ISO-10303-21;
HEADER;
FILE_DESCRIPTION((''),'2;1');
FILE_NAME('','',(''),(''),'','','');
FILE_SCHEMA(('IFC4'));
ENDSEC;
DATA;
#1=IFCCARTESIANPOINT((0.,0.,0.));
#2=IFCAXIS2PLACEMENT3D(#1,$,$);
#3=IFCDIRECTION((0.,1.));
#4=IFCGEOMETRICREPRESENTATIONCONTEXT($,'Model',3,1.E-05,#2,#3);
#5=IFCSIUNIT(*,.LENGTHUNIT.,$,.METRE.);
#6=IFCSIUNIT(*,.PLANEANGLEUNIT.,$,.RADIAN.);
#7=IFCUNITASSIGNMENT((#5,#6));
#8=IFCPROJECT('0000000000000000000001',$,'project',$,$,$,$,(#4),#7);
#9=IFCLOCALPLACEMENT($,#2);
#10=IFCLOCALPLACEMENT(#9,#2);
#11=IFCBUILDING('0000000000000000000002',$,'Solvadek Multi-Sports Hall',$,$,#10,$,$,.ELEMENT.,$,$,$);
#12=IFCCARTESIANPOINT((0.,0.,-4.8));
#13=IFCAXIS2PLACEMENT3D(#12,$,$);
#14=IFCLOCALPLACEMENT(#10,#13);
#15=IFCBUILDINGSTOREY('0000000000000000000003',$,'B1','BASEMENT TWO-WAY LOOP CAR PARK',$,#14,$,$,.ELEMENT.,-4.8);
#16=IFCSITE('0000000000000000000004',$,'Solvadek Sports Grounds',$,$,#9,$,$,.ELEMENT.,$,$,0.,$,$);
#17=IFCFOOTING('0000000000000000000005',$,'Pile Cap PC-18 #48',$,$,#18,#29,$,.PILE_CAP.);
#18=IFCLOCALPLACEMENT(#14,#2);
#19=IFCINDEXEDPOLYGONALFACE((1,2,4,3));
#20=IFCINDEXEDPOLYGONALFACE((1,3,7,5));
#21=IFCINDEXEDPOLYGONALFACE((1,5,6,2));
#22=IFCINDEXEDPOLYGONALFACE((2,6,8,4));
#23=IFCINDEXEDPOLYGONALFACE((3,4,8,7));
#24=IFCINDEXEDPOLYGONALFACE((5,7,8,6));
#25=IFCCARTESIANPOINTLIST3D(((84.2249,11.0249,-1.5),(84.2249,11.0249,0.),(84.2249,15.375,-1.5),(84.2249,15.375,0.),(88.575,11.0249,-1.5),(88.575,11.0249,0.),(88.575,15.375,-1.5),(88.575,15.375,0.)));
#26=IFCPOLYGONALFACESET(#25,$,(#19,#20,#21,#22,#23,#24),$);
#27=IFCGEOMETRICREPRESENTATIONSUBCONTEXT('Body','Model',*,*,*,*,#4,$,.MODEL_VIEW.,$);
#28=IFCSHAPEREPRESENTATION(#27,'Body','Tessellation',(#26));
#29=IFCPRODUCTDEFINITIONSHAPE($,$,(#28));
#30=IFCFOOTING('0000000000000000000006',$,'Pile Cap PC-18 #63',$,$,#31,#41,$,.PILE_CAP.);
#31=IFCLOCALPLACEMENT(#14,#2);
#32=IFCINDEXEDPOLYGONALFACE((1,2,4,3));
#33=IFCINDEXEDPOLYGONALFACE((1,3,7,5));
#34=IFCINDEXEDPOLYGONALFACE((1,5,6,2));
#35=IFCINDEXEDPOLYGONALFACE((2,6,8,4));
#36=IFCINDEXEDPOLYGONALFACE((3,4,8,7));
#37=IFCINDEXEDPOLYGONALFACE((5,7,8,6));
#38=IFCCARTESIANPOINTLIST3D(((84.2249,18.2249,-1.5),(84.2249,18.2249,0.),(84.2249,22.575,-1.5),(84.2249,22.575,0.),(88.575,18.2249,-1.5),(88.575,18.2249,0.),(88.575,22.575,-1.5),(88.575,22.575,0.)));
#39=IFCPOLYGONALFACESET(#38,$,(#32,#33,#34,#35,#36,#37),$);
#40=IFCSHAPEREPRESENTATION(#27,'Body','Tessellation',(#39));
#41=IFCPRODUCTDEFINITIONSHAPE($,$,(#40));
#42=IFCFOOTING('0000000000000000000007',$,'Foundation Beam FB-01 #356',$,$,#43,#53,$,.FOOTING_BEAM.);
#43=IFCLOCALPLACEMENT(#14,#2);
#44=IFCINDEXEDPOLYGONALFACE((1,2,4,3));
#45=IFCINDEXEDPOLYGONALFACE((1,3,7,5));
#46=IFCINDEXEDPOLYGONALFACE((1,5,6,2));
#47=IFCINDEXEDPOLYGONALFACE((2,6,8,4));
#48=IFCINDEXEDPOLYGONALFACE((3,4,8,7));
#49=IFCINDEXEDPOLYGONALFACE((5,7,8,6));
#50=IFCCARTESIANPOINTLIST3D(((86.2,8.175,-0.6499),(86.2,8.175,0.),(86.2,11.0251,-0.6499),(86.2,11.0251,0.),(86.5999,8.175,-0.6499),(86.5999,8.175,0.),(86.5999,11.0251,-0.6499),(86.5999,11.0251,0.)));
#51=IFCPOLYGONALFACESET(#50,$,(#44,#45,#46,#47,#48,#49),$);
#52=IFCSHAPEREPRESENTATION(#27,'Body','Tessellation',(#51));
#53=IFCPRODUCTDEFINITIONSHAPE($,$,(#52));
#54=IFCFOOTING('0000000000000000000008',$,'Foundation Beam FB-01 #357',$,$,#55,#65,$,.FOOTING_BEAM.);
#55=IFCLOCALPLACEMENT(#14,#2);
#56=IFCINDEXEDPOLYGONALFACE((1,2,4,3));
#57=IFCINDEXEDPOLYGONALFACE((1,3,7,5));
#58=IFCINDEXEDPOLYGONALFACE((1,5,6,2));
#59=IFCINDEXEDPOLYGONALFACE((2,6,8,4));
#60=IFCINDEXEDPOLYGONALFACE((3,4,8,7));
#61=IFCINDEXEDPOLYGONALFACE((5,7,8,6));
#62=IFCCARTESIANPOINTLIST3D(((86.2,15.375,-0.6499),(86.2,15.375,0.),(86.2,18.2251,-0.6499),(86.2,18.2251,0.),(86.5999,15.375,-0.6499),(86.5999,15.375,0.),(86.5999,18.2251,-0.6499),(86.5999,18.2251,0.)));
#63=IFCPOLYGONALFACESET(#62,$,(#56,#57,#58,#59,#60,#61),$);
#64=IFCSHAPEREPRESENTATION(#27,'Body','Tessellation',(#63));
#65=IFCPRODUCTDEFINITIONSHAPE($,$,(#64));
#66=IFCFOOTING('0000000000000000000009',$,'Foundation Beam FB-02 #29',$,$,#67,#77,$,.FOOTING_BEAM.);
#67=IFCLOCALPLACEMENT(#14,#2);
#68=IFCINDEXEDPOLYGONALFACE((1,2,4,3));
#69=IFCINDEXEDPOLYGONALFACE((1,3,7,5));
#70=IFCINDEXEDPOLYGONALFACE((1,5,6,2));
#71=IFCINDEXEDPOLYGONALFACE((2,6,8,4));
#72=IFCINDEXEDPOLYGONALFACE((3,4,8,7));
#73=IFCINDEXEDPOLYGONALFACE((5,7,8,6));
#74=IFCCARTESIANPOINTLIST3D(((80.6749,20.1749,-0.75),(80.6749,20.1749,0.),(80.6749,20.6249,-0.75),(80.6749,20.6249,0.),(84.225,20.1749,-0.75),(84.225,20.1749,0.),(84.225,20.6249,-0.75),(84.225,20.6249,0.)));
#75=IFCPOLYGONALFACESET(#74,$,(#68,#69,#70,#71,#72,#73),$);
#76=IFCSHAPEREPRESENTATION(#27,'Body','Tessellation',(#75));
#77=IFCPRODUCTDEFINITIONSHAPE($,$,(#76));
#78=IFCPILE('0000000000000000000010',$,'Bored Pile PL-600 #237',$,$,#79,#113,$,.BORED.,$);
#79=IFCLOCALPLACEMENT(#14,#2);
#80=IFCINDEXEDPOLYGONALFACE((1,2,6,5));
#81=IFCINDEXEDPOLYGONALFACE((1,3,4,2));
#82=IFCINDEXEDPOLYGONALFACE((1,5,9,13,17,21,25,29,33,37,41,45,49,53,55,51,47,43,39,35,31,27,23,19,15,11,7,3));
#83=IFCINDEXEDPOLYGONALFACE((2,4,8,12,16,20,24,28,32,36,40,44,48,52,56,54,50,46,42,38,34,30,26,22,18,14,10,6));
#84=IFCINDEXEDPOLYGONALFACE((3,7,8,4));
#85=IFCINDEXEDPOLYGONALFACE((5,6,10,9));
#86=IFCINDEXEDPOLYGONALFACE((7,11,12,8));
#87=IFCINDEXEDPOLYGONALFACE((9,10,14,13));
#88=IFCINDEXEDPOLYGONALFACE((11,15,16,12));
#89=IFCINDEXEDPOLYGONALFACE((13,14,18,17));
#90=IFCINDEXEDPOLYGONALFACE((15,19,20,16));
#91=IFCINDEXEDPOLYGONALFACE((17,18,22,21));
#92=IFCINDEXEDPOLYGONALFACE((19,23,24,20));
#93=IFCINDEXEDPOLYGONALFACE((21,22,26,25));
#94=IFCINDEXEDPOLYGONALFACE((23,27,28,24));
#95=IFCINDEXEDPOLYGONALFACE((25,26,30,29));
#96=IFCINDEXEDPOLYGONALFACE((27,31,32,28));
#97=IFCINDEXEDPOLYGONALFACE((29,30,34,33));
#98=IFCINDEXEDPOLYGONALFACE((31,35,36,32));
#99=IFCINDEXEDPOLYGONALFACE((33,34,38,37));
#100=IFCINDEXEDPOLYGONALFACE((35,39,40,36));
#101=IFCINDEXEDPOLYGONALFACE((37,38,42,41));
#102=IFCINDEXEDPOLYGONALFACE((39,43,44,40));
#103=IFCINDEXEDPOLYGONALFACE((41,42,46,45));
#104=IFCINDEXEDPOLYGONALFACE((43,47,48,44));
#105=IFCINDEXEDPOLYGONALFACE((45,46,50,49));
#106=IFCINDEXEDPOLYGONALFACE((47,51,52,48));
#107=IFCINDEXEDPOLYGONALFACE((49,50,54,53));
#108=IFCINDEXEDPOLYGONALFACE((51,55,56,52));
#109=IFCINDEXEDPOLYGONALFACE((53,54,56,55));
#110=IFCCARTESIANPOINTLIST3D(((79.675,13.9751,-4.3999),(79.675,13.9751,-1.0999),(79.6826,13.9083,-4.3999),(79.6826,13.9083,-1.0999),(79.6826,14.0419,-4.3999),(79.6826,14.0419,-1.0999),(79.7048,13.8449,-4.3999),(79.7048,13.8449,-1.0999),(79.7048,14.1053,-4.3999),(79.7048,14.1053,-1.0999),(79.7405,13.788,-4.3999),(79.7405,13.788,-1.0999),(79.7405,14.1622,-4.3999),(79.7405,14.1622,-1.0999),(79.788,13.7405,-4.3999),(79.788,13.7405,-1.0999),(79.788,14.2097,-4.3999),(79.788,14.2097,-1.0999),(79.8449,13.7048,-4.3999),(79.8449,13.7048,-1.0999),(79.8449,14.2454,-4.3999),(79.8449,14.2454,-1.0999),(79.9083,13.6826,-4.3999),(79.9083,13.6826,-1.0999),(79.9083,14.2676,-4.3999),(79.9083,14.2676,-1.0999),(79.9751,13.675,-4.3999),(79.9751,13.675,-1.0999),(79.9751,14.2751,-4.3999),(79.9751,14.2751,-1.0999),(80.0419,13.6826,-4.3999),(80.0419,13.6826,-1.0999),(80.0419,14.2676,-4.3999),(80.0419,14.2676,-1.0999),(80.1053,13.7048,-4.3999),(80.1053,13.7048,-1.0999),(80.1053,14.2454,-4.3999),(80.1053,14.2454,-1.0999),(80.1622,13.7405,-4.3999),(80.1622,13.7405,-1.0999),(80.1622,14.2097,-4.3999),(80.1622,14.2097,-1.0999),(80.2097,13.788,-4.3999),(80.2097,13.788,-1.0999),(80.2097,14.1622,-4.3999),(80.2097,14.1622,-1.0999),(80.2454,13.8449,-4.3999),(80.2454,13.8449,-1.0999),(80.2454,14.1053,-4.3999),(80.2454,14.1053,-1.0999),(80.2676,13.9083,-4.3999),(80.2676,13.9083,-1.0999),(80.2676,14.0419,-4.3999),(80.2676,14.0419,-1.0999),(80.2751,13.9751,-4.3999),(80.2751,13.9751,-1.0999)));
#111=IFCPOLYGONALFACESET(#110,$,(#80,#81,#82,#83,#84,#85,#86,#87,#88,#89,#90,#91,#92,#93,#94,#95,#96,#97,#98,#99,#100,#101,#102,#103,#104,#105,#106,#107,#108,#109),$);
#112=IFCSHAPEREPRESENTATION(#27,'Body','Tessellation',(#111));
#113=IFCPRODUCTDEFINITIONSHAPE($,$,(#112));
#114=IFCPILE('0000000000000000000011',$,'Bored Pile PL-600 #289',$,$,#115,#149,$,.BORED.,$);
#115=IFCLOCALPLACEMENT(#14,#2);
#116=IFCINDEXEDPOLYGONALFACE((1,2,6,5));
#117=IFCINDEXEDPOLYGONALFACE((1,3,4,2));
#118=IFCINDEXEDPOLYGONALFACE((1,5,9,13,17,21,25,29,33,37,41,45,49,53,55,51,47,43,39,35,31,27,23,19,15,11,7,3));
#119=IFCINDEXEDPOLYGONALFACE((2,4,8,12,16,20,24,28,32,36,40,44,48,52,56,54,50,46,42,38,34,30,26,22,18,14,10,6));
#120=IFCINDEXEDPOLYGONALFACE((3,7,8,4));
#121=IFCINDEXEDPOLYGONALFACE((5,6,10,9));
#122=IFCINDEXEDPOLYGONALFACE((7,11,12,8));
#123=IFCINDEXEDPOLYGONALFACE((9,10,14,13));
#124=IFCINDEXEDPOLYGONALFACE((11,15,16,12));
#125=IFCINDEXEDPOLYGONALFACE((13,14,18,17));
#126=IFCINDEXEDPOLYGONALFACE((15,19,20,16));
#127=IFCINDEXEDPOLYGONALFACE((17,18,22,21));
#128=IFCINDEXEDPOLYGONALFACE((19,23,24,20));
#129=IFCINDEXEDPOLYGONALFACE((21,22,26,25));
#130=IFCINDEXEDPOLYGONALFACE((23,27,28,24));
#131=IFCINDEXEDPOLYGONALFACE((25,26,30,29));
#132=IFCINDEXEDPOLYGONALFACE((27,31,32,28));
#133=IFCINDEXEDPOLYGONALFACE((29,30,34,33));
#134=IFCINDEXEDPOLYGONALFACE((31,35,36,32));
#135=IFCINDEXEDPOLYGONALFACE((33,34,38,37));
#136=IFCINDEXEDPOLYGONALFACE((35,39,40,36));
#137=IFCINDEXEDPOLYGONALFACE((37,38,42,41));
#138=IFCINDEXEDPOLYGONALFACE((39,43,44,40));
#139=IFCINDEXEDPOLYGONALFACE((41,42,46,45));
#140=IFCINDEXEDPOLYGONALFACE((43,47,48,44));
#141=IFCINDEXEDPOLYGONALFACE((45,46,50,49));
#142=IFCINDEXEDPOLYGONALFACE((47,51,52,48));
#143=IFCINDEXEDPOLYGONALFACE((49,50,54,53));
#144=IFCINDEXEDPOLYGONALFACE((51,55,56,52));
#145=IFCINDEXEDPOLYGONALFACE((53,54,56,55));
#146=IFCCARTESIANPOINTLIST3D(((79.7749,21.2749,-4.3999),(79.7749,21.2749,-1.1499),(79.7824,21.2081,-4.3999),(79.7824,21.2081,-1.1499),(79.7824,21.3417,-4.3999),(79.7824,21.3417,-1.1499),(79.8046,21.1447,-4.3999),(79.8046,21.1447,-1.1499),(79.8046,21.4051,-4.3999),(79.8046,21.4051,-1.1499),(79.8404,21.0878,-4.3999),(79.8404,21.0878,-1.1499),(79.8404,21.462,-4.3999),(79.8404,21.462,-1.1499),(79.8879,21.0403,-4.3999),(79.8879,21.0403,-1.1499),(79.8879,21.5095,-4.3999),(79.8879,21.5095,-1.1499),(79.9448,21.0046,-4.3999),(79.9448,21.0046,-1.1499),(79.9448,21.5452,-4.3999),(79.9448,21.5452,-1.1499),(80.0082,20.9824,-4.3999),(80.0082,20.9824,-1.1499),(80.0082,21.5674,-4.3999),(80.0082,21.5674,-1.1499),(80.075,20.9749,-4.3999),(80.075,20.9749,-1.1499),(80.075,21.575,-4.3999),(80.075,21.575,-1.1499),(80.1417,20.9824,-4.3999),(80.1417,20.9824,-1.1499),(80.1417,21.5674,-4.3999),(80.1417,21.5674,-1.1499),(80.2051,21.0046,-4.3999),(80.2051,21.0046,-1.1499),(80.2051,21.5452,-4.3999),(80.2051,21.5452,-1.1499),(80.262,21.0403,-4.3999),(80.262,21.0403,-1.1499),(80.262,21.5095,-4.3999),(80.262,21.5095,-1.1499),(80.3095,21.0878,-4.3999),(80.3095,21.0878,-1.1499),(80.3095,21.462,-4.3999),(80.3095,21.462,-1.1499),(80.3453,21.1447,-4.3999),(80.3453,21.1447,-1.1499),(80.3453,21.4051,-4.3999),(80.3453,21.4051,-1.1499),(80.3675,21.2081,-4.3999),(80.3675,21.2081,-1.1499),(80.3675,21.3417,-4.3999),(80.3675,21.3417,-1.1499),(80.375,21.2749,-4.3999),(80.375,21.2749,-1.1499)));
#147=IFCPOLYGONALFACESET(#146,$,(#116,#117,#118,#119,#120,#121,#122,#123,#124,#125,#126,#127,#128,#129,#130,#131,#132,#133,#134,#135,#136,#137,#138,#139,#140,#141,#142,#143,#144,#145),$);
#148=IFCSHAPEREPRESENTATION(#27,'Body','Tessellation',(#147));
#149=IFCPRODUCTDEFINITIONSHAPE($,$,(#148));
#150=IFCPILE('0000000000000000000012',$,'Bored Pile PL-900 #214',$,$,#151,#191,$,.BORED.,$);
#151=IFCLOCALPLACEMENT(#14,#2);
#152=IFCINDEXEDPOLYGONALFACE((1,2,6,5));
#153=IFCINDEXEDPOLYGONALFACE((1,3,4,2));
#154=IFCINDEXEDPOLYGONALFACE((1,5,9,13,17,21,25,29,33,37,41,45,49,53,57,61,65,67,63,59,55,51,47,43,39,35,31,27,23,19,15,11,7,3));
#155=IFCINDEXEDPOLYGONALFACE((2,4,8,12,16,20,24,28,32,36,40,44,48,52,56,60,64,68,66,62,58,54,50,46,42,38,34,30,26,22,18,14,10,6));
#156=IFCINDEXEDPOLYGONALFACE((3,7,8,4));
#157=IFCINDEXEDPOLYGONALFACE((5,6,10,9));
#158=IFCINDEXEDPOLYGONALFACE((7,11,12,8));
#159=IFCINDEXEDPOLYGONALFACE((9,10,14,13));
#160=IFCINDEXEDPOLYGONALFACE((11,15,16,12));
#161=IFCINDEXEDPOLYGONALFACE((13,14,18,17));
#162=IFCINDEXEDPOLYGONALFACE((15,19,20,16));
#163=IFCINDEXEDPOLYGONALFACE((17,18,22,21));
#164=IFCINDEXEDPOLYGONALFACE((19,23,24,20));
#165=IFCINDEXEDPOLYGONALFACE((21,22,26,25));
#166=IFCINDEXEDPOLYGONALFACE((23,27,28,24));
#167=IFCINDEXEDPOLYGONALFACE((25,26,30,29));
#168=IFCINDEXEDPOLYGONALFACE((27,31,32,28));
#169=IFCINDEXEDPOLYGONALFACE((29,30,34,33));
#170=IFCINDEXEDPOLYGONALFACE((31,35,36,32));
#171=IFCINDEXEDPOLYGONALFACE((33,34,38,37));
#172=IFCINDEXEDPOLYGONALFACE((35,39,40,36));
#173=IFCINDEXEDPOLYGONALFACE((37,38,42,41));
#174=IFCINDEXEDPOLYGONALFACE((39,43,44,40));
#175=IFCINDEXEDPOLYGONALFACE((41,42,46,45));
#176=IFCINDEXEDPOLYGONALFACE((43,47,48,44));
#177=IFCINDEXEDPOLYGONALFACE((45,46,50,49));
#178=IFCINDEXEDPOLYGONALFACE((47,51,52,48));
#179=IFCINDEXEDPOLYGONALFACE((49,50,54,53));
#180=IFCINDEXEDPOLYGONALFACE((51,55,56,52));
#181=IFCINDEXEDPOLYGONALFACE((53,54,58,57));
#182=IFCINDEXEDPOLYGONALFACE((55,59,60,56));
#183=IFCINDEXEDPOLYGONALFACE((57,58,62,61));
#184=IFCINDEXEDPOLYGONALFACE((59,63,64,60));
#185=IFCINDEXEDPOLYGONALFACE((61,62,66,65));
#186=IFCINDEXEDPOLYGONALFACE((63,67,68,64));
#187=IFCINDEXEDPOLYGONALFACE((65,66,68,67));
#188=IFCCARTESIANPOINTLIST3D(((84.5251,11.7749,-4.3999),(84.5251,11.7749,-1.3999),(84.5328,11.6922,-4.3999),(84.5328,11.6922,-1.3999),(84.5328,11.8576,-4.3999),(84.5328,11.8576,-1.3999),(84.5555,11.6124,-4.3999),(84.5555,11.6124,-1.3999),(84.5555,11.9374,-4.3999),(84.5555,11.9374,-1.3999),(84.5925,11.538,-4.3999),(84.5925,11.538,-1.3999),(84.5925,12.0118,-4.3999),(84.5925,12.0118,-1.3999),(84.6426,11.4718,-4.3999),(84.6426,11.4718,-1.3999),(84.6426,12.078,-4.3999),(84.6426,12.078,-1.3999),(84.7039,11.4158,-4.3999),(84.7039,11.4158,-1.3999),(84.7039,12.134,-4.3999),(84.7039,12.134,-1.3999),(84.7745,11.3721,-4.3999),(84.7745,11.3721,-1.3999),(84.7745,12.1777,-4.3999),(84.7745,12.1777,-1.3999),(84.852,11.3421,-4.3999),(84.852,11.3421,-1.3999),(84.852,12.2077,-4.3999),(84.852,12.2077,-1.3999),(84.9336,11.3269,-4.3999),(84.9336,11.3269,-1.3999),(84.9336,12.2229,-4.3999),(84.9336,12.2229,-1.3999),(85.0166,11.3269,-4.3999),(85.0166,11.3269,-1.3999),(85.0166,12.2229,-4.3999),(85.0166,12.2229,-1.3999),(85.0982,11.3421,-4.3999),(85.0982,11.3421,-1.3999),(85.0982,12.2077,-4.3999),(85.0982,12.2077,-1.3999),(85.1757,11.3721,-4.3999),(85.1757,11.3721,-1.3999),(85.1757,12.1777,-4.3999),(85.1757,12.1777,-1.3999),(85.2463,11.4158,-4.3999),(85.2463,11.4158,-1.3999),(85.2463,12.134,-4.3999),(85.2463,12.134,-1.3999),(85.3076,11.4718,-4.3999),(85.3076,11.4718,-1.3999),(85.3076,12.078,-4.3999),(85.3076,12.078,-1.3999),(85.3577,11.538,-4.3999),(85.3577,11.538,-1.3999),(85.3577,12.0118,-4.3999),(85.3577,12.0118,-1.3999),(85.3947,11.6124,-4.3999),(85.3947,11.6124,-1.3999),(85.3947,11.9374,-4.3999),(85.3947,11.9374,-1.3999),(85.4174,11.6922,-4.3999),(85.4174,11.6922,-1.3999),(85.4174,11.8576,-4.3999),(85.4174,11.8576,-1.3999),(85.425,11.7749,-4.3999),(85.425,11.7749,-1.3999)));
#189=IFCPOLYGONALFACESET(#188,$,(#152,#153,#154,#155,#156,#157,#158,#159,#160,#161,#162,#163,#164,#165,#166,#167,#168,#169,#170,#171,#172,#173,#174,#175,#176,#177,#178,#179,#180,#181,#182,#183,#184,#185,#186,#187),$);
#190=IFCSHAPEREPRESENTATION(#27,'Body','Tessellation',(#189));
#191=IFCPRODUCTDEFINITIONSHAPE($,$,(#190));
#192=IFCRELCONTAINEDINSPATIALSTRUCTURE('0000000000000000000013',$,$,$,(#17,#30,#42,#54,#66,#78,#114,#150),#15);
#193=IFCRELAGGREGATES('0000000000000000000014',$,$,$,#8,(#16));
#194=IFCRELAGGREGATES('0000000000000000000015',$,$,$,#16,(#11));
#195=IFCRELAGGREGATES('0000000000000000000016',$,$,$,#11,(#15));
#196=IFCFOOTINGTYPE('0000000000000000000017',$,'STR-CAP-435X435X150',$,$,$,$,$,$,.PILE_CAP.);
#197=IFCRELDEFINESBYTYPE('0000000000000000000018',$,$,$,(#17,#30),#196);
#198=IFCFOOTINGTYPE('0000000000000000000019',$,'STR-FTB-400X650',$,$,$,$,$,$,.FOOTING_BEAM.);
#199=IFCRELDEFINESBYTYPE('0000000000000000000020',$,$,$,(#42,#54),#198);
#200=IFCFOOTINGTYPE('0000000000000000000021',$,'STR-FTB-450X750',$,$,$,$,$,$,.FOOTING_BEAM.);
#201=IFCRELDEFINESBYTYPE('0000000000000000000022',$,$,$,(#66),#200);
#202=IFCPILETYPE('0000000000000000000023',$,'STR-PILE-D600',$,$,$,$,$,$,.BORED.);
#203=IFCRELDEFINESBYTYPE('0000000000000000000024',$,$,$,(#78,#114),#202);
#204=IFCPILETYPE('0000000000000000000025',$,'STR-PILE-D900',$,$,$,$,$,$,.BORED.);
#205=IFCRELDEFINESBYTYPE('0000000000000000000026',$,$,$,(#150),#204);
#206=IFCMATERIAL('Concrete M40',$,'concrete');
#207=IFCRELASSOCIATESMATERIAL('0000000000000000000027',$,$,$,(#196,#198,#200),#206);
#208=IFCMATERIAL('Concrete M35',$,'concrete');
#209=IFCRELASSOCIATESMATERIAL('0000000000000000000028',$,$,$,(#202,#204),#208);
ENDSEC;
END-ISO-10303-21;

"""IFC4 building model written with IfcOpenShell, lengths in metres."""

from ifc_helpers import new_model, si_unit, direction, frame, origin, origin_2d, place, context, subcontext, project, spatial, rectangle, circle, extrude, material, material_profile, profile_set, type_object, element, save


model = new_model("IFC4")

# Units and contexts
model_context = context("Model", 3, precision=1e-05, world=origin(), true_north=direction((0.0, 1.0)))
body_context = subcontext(model_context, "Body", "Model", "MODEL_VIEW")
ifc_project = project(units=[si_unit("LENGTHUNIT", "METRE"), si_unit("PLANEANGLEUNIT", "RADIAN")], contexts=[model_context])

# Site, building, storey
site_placement = place(None, origin())
site = spatial("IfcSite", under=ifc_project, at=site_placement, Name="Solvadek Sports Grounds", CompositionType="ELEMENT", RefElevation=0.0)
building_placement = place(site_placement, origin())
building = spatial("IfcBuilding", under=site, at=building_placement, Name="Solvadek Multi-Sports Hall", CompositionType="ELEMENT")
storey_placement = place(building_placement, frame((0.0, 0.0, -4.8)))
storey = spatial("IfcBuildingStorey", under=building, at=storey_placement, Name="B1", Description="BASEMENT TWO-WAY LOOP CAR PARK", CompositionType="ELEMENT", Elevation=-4.8)

# Footings
ifc_material_1 = material(Name="Concrete M40", Category="concrete")
footing_type_1 = type_object("IfcFootingType", Name="STR-CAP-435X435X150", PredefinedType="PILE_CAP", material=ifc_material_1)
for number, where, z_axis, x_axis, name in (
    (1, (86.3999, 13.2, -1.5), (0.0, 0.0, 1.0), (1.0, 0.0, 0.0), "Pile Cap PC-18 #48"),
    (2, (86.3999, 20.3999, -1.5), (0.0, 0.0, 1.0), (1.0, 0.0, 0.0), "Pile Cap PC-18 #63"),
):
    element("IfcFooting", number, at=place(storey_placement, frame(where, z_axis=z_axis, x_axis=x_axis)), inside=storey, type_object=footing_type_1, Name=name, PredefinedType="PILE_CAP", context=body_context, shape_type="SweptSolid", body=[
        extrude(rectangle(XDim=4.3501, YDim=4.3501, at=origin_2d()), origin(), (0.0, 0.0, 1.0), 1.5),
    ])
footing_type_2 = type_object("IfcFootingType", Name="STR-FTB-400X650", PredefinedType="FOOTING_BEAM", material=ifc_material_1)
for number, where, z_axis, x_axis, name in (
    (3, (86.3999, 9.6001, -0.6499), (0.0, 0.0, 1.0), (0.0, 1.0, 0.0), "Foundation Beam FB-01 #356"),
    (4, (86.3999, 16.8, -0.6499), (0.0, 0.0, 1.0), (0.0, 1.0, 0.0), "Foundation Beam FB-01 #357"),
):
    element("IfcFooting", number, at=place(storey_placement, frame(where, z_axis=z_axis, x_axis=x_axis)), inside=storey, type_object=footing_type_2, Name=name, PredefinedType="FOOTING_BEAM", context=body_context, shape_type="SweptSolid", body=[
        extrude(rectangle(XDim=2.8501, YDim=0.3999, at=origin_2d()), origin(), (0.0, 0.0, 1.0), 0.6499),
    ])
footing_type_3 = type_object("IfcFootingType", Name="STR-FTB-450X750", PredefinedType="FOOTING_BEAM", material=ifc_material_1)
footing_1_placement = place(storey_placement, frame((82.45, 20.3999, -0.75), z_axis=(0.0, 0.0, 1.0), x_axis=(1.0, 0.0, 0.0)))
element("IfcFooting", 5, at=footing_1_placement, inside=storey, type_object=footing_type_3, Name="Foundation Beam FB-02 #29", PredefinedType="FOOTING_BEAM", context=body_context, shape_type="SweptSolid", body=[
    extrude(rectangle(XDim=3.55, YDim=0.45, at=origin_2d()), origin(), (0.0, 0.0, 1.0), 0.75),
])

# Piles
ifc_material_2 = material(Name="Concrete M35", Category="concrete")
ifc_material_profile_1 = material_profile(ifc_material_2, circle(Radius=0.3, at=origin_2d()), Name="BORED PILE D600")
ifc_profile_set_1 = profile_set([ifc_material_profile_1], Name="Concrete M35")
pile_type_1 = type_object("IfcPileType", Name="STR-PILE-D600", PredefinedType="BORED", material=ifc_profile_set_1)
pile_1_placement = place(storey_placement, frame((79.9751, 13.9751, -1.0999), z_axis=(0.0, 0.0, -1.0), x_axis=(1.0, 0.0, 0.0)))
element("IfcPile", 6, at=pile_1_placement, inside=storey, type_object=pile_type_1, Name="Bored Pile PL-600 #237", PredefinedType="BORED", context=body_context, shape_type="SweptSolid", body=[
    extrude(circle(Radius=0.3, at=origin_2d()), origin(), (0.0, 0.0, 1.0), 3.3),
])
pile_2_placement = place(storey_placement, frame((80.075, 21.2749, -1.1499), z_axis=(0.0, 0.0, -1.0), x_axis=(1.0, 0.0, 0.0)))
element("IfcPile", 7, at=pile_2_placement, inside=storey, type_object=pile_type_1, Name="Bored Pile PL-600 #289", PredefinedType="BORED", context=body_context, shape_type="SweptSolid", body=[
    extrude(circle(Radius=0.3, at=origin_2d()), origin(), (0.0, 0.0, 1.0), 3.25),
])
ifc_material_profile_2 = material_profile(ifc_material_2, circle(Radius=0.45, at=origin_2d()), Name="BORED PILE D900")
ifc_profile_set_2 = profile_set([ifc_material_profile_2], Name="Concrete M35")
pile_type_2 = type_object("IfcPileType", Name="STR-PILE-D900", PredefinedType="BORED", material=ifc_profile_set_2)
for number, where, z_axis, x_axis, name in (
    (8, (84.9751, 11.7749, -1.3999), (0.0, 0.0, -1.0), (1.0, 0.0, 0.0), "Bored Pile PL-900 #214"),
):
    element("IfcPile", number, at=place(storey_placement, frame(where, z_axis=z_axis, x_axis=x_axis)), inside=storey, type_object=pile_type_2, Name=name, PredefinedType="BORED", context=body_context, shape_type="SweptSolid", body=[
        extrude(circle(Radius=0.45, at=origin_2d()), origin(), (0.0, 0.0, 1.0), 3.0),
    ])

save(model, "model.ifc")
